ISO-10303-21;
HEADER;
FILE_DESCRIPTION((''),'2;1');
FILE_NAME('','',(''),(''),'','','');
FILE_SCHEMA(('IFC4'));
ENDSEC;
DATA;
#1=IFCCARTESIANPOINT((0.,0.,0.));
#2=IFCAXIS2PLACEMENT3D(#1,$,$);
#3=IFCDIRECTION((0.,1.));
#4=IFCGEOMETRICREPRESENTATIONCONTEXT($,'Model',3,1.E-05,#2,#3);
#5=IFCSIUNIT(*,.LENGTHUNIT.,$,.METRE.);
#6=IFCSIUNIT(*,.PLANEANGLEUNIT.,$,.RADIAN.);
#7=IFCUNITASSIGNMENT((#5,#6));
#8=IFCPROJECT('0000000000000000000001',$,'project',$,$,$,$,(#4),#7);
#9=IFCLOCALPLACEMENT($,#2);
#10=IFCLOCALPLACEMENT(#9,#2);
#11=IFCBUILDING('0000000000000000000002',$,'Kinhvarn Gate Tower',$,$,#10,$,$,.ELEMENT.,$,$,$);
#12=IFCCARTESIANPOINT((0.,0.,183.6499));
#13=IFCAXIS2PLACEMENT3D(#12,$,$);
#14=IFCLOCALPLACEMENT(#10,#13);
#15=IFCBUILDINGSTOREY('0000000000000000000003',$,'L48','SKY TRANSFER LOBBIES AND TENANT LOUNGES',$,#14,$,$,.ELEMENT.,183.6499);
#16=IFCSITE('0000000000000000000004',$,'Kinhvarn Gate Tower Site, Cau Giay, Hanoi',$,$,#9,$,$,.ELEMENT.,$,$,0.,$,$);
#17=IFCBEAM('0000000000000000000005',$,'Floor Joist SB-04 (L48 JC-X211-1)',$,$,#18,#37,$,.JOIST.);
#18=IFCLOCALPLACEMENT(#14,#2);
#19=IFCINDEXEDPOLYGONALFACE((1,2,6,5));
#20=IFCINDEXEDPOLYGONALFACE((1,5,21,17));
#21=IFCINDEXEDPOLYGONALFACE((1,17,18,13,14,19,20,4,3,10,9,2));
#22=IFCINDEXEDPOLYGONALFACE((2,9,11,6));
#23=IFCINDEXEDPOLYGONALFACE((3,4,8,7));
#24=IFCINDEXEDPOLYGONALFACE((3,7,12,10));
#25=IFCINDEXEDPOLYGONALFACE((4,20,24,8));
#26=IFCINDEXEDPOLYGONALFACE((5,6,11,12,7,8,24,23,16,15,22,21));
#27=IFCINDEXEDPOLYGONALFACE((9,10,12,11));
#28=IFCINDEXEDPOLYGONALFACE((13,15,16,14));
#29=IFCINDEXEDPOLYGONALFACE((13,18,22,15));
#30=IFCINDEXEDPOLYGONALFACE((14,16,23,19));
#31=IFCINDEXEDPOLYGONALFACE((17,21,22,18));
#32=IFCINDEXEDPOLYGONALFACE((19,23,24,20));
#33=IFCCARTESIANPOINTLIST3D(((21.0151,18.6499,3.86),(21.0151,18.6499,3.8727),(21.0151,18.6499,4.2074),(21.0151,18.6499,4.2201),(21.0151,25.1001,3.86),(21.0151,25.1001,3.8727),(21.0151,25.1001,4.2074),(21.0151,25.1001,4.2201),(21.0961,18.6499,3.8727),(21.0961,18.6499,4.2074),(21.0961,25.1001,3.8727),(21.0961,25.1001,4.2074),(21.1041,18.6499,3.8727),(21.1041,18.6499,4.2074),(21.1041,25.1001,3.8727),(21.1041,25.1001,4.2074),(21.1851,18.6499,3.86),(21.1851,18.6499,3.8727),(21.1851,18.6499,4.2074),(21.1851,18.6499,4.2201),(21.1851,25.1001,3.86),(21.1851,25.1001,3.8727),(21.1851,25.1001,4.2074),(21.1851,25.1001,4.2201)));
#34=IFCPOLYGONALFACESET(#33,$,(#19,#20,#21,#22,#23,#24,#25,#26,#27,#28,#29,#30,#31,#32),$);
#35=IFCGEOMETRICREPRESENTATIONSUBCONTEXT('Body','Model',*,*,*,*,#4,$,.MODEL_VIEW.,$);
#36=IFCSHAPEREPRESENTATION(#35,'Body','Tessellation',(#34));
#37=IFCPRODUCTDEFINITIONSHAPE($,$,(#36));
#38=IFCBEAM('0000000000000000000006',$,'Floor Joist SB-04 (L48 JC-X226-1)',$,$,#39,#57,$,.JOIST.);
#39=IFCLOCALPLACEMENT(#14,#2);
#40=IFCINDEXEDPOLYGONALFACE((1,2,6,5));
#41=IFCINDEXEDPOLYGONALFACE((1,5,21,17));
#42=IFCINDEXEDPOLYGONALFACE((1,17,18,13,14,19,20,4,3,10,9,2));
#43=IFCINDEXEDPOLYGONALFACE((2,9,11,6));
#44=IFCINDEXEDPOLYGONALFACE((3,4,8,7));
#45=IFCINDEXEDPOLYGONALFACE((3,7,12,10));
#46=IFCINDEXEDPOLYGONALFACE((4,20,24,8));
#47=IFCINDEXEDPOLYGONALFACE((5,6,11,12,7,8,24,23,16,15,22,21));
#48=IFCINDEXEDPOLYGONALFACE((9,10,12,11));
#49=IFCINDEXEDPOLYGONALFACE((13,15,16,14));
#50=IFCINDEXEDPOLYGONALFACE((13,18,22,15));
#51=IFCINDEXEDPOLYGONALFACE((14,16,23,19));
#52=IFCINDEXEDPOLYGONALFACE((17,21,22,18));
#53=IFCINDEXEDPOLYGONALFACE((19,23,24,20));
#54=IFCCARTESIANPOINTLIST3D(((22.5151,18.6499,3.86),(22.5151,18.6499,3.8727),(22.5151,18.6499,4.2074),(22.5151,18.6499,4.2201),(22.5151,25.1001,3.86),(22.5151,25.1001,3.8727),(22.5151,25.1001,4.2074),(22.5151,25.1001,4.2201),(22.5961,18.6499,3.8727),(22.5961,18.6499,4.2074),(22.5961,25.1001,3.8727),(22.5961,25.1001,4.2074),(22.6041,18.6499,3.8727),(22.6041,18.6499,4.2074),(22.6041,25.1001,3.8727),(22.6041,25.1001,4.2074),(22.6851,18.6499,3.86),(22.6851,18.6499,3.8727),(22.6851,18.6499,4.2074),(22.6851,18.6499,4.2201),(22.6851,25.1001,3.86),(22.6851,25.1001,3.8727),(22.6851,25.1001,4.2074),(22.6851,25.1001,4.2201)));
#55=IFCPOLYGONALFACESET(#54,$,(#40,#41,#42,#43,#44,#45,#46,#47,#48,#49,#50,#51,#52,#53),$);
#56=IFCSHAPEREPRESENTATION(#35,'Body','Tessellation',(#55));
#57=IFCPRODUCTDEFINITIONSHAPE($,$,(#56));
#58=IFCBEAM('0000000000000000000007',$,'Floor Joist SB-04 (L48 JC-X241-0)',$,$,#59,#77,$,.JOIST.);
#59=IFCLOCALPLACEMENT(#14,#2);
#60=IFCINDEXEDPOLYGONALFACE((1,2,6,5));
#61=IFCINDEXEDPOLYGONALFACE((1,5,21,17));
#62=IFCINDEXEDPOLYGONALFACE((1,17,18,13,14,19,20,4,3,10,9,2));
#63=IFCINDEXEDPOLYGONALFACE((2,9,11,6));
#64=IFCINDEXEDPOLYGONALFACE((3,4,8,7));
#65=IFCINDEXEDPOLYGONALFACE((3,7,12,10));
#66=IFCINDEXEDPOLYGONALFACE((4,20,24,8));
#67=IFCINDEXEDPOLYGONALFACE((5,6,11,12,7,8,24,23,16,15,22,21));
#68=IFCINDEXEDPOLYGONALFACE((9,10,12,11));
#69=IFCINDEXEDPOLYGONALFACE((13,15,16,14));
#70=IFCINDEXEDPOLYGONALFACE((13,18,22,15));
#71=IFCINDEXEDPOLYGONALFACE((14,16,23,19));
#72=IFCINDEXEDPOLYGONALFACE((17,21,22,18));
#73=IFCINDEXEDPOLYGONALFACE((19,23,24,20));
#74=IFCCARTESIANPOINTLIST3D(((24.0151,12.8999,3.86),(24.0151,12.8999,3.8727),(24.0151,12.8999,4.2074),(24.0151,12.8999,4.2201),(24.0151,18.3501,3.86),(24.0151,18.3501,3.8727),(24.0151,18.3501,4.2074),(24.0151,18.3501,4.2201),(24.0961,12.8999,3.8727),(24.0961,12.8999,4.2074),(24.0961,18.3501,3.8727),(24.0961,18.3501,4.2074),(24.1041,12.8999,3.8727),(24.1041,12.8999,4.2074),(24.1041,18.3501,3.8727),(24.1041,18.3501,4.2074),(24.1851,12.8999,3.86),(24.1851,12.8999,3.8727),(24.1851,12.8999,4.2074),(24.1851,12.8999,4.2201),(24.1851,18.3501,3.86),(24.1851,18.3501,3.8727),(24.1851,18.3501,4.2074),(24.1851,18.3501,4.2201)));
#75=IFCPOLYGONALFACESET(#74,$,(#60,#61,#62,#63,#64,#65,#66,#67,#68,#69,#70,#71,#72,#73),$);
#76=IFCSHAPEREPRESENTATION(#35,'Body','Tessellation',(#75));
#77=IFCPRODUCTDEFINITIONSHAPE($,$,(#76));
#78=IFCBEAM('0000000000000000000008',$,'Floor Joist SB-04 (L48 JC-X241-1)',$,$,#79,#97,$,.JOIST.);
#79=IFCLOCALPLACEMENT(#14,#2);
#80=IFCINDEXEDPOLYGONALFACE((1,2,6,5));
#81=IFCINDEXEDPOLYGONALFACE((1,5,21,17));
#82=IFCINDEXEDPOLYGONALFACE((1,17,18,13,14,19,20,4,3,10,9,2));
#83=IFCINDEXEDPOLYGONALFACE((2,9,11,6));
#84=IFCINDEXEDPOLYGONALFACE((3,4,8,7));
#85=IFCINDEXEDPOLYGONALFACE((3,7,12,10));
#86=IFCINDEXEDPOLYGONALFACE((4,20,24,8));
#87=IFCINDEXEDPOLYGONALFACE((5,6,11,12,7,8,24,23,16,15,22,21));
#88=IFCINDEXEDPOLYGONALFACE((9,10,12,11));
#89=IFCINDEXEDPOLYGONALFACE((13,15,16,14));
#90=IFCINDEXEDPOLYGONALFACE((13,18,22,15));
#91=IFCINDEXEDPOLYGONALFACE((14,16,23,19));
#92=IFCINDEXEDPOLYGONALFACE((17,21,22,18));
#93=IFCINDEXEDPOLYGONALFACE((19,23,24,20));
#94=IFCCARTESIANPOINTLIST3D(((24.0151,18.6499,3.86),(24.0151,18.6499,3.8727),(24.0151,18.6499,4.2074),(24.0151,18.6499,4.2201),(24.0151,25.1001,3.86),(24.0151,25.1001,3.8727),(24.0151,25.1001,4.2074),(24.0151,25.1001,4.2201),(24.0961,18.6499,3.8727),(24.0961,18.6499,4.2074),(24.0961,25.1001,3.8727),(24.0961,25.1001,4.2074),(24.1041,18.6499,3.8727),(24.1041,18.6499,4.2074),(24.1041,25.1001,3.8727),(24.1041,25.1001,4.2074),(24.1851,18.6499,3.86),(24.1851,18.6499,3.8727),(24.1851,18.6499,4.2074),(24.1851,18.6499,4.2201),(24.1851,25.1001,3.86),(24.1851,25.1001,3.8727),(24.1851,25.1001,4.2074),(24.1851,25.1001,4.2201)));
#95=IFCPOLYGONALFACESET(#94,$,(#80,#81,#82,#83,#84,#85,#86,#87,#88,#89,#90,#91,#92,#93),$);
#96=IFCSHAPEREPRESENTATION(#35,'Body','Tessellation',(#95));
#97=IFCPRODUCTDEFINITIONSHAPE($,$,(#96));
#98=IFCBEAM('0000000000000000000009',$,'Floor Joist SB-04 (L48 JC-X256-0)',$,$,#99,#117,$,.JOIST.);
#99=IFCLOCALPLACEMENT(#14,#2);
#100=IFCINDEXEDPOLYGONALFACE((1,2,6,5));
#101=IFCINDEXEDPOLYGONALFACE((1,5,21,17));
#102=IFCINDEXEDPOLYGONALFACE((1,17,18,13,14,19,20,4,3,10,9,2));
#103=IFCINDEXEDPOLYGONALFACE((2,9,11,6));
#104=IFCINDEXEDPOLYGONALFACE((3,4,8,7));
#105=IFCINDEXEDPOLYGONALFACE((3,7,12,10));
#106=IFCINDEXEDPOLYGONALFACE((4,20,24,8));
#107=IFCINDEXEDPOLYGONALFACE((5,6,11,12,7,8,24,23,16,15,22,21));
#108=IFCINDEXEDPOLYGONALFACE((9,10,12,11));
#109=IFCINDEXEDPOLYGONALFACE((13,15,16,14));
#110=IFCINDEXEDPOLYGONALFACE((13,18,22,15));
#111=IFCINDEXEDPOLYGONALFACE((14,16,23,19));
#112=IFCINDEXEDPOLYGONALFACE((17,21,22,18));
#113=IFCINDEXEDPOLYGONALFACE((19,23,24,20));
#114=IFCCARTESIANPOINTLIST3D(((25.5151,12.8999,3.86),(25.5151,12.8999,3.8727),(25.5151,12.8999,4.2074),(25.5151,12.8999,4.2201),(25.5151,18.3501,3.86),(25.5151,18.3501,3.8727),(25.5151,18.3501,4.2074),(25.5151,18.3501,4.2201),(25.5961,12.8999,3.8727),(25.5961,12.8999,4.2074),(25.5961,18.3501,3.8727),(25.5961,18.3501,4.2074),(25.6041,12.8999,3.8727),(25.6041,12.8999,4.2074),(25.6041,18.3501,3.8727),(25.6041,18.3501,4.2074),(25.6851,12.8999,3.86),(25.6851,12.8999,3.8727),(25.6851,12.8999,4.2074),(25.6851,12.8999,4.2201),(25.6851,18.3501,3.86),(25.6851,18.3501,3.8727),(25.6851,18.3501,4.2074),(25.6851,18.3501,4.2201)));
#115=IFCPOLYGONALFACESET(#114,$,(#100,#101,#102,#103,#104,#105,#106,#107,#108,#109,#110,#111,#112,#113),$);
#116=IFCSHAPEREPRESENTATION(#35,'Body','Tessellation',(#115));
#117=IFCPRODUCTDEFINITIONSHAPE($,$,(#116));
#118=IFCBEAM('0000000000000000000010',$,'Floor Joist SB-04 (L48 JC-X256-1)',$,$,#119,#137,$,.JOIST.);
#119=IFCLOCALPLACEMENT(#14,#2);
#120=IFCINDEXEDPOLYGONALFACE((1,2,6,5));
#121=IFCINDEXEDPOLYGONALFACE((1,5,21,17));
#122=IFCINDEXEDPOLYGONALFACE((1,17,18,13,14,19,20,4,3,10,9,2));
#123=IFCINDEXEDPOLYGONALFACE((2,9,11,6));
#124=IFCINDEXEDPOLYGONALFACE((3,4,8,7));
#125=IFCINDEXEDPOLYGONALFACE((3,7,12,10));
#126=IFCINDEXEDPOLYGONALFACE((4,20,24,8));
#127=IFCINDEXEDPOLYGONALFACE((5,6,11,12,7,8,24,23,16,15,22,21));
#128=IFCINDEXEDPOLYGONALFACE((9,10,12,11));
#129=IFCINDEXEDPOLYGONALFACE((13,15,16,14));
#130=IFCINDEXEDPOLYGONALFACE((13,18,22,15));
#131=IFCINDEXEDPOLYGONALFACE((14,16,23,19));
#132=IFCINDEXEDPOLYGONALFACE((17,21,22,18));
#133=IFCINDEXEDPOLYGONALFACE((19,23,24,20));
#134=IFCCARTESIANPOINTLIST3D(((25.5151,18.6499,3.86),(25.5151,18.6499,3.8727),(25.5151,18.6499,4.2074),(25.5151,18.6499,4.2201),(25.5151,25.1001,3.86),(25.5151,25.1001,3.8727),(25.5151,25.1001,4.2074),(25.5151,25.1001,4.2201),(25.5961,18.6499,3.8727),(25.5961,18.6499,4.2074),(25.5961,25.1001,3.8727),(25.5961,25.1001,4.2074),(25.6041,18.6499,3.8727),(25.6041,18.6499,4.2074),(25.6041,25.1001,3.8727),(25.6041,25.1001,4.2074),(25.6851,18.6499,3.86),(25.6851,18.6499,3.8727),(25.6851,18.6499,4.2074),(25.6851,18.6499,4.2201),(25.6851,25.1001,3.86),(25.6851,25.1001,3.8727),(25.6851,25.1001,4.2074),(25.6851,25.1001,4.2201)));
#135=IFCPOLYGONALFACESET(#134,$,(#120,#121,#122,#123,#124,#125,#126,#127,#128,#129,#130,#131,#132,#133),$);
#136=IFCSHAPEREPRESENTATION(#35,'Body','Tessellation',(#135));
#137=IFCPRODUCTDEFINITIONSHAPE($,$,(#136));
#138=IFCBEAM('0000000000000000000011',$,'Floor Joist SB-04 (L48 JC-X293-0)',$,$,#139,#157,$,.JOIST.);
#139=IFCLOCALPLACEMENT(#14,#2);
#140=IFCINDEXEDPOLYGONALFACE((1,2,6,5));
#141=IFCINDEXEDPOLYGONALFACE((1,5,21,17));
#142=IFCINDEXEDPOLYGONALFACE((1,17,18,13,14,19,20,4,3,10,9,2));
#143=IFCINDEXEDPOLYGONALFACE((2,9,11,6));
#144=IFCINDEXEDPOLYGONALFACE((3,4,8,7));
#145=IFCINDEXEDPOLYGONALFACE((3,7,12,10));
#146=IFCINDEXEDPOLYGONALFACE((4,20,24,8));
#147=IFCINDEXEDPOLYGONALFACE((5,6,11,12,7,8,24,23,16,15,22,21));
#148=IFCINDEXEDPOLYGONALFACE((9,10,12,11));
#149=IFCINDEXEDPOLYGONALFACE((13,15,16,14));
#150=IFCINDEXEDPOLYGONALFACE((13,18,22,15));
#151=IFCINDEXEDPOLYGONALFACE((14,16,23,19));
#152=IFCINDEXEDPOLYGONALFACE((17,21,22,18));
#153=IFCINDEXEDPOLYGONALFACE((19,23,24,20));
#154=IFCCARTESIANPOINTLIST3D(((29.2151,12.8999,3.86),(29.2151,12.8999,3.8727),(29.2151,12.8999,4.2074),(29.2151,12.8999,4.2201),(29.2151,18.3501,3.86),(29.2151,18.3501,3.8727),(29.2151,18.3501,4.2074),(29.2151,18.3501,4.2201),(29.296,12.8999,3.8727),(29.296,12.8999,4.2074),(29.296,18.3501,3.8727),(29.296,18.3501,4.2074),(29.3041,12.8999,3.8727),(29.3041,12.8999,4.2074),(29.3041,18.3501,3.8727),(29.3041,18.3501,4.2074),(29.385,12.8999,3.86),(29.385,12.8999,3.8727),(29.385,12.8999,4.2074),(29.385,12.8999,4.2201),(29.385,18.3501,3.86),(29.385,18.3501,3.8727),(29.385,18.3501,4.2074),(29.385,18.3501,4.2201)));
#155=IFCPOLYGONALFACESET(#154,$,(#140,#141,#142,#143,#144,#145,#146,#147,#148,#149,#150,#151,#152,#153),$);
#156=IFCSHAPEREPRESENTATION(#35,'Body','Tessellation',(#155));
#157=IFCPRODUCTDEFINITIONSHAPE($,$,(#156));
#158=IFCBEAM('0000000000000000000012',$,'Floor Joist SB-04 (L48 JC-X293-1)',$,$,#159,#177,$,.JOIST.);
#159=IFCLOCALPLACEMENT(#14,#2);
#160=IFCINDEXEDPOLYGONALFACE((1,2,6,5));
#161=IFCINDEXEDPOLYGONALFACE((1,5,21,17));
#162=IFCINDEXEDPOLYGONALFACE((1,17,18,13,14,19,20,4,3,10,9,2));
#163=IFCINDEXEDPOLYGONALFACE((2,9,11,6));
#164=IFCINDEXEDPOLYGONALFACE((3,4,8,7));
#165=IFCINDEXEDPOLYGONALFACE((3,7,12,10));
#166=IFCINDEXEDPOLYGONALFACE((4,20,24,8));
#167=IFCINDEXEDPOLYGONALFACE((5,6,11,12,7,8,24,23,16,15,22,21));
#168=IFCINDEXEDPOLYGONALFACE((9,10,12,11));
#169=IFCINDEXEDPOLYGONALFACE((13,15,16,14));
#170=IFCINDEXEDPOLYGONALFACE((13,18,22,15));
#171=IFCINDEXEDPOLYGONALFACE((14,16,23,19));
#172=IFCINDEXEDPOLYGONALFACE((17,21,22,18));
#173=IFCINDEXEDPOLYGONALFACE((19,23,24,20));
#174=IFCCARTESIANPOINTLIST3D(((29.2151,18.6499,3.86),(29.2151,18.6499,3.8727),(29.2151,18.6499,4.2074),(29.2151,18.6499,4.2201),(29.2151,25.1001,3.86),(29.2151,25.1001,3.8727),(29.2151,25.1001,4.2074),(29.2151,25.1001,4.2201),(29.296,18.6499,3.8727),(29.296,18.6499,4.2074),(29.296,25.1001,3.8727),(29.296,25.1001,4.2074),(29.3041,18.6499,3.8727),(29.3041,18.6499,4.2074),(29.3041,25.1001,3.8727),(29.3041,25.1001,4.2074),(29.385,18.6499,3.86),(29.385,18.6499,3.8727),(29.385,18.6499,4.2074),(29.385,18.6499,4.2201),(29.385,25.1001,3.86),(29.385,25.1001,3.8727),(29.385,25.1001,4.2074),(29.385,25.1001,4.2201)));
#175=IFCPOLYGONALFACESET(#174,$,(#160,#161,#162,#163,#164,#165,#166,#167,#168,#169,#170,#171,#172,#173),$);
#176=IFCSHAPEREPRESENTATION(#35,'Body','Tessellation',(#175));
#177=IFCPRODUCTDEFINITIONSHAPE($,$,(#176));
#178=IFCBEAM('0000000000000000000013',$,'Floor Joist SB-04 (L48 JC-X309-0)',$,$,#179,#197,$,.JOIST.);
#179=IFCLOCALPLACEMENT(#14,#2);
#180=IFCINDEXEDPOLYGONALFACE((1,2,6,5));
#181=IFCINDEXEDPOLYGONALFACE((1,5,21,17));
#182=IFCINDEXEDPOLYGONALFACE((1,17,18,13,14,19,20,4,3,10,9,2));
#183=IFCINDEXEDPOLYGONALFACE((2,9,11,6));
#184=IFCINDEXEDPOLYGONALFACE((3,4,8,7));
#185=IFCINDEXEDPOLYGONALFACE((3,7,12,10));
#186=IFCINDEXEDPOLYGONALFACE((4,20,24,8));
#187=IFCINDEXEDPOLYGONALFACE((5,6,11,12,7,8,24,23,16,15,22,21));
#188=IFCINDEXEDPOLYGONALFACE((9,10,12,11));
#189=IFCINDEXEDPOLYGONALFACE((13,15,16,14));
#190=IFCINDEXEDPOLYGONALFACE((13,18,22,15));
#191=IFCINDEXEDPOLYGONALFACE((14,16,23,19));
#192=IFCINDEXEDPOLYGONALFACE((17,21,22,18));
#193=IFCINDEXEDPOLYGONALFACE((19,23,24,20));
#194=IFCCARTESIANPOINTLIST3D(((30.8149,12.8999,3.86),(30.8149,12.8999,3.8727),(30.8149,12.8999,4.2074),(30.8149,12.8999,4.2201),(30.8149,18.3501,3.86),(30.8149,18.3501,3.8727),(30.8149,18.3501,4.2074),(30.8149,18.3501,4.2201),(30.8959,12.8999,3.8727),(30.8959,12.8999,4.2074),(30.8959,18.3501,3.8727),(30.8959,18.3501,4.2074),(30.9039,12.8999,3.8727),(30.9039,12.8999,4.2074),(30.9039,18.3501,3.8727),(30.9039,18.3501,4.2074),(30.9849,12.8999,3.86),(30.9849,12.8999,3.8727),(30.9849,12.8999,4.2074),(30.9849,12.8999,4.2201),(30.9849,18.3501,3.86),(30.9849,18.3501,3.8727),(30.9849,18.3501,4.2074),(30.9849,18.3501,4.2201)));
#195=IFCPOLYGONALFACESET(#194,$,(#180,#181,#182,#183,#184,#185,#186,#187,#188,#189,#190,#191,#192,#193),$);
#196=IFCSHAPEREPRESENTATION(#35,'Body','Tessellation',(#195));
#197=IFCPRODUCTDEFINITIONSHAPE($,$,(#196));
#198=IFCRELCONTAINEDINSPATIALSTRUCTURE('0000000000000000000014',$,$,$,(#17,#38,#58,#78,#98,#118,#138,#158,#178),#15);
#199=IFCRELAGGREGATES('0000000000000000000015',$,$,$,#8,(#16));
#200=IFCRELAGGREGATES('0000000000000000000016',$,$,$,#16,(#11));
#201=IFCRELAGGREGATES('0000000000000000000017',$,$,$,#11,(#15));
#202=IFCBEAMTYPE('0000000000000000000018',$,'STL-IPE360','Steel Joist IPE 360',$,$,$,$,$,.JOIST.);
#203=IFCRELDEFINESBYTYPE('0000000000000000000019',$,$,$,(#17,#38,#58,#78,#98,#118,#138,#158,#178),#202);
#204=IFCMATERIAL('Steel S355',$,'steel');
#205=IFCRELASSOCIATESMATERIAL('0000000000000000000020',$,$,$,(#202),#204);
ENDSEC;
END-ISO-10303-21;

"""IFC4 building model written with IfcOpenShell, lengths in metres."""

from ifc_helpers import new_model, si_unit, direction, frame, origin, origin_2d, place, context, subcontext, project, spatial, i_section, extrude, material, material_profile, profile_set, type_object, element, save


model = new_model("IFC4")

# Units and contexts
model_context = context("Model", 3, precision=1e-05, world=origin(), true_north=direction((0.0, 1.0)))
body_context = subcontext(model_context, "Body", "Model", "MODEL_VIEW")
ifc_project = project(units=[si_unit("LENGTHUNIT", "METRE"), si_unit("PLANEANGLEUNIT", "RADIAN")], contexts=[model_context])

# Site, building, storey
site_placement = place(None, origin())
site = spatial("IfcSite", under=ifc_project, at=site_placement, Name="Kinhvarn Gate Tower Site, Cau Giay, Hanoi", CompositionType="ELEMENT", RefElevation=0.0)
building_placement = place(site_placement, origin())
building = spatial("IfcBuilding", under=site, at=building_placement, Name="Kinhvarn Gate Tower", CompositionType="ELEMENT")
storey_placement = place(building_placement, frame((0.0, 0.0, 183.6499)))
storey = spatial("IfcBuildingStorey", under=building, at=storey_placement, Name="L48", Description="SKY TRANSFER LOBBIES AND TENANT LOUNGES", CompositionType="ELEMENT", Elevation=183.6499)

# Beams
ifc_material_1 = material(Name="Steel S355", Category="steel")
ifc_material_profile = material_profile(ifc_material_1, i_section(OverallWidth=0.1699, OverallDepth=0.3601, WebThickness=0.0081, FlangeThickness=0.0127, at=origin_2d()), Name="IPE 360")
ifc_profile_set = profile_set([ifc_material_profile], Name="Steel S355")
beam_type = type_object("IfcBeamType", Name="STL-IPE360", Description="Steel Joist IPE 360", PredefinedType="JOIST", material=ifc_profile_set)
for number, where, z_axis, x_axis, name in (
    (1, (21.1001, 18.6499, 4.04), (0.0, 1.0, 0.0), (-1.0, 0.0, 0.0), "Floor Joist SB-04 (L48 JC-X211-1)"),
    (2, (22.6001, 18.6499, 4.04), (0.0, 1.0, 0.0), (-1.0, 0.0, 0.0), "Floor Joist SB-04 (L48 JC-X226-1)"),
):
    element("IfcBeam", number, at=place(storey_placement, frame(where, z_axis=z_axis, x_axis=x_axis)), inside=storey, type_object=beam_type, Name=name, PredefinedType="JOIST", context=body_context, shape_type="SweptSolid", body=[
        extrude(i_section(OverallWidth=0.1699, OverallDepth=0.3601, WebThickness=0.0081, FlangeThickness=0.0127, at=origin_2d()), origin(), (0.0, 0.0, 1.0), 6.4502),
    ])
beam_1_placement = place(storey_placement, frame((24.1001, 12.8999, 4.04), z_axis=(0.0, 1.0, 0.0), x_axis=(-1.0, 0.0, 0.0)))
element("IfcBeam", 3, at=beam_1_placement, inside=storey, type_object=beam_type, Name="Floor Joist SB-04 (L48 JC-X241-0)", PredefinedType="JOIST", context=body_context, shape_type="SweptSolid", body=[
    extrude(i_section(OverallWidth=0.1699, OverallDepth=0.3601, WebThickness=0.0081, FlangeThickness=0.0127, at=origin_2d()), origin(), (0.0, 0.0, 1.0), 5.4502),
])
beam_2_placement = place(storey_placement, frame((24.1001, 18.6499, 4.04), z_axis=(0.0, 1.0, 0.0), x_axis=(-1.0, 0.0, 0.0)))
element("IfcBeam", 4, at=beam_2_placement, inside=storey, type_object=beam_type, Name="Floor Joist SB-04 (L48 JC-X241-1)", PredefinedType="JOIST", context=body_context, shape_type="SweptSolid", body=[
    extrude(i_section(OverallWidth=0.1699, OverallDepth=0.3601, WebThickness=0.0081, FlangeThickness=0.0127, at=origin_2d()), origin(), (0.0, 0.0, 1.0), 6.4502),
])
beam_3_placement = place(storey_placement, frame((25.6001, 12.8999, 4.04), z_axis=(0.0, 1.0, 0.0), x_axis=(-1.0, 0.0, 0.0)))
element("IfcBeam", 5, at=beam_3_placement, inside=storey, type_object=beam_type, Name="Floor Joist SB-04 (L48 JC-X256-0)", PredefinedType="JOIST", context=body_context, shape_type="SweptSolid", body=[
    extrude(i_section(OverallWidth=0.1699, OverallDepth=0.3601, WebThickness=0.0081, FlangeThickness=0.0127, at=origin_2d()), origin(), (0.0, 0.0, 1.0), 5.4502),
])
beam_4_placement = place(storey_placement, frame((25.6001, 18.6499, 4.04), z_axis=(0.0, 1.0, 0.0), x_axis=(-1.0, 0.0, 0.0)))
element("IfcBeam", 6, at=beam_4_placement, inside=storey, type_object=beam_type, Name="Floor Joist SB-04 (L48 JC-X256-1)", PredefinedType="JOIST", context=body_context, shape_type="SweptSolid", body=[
    extrude(i_section(OverallWidth=0.1699, OverallDepth=0.3601, WebThickness=0.0081, FlangeThickness=0.0127, at=origin_2d()), origin(), (0.0, 0.0, 1.0), 6.4502),
])
beam_5_placement = place(storey_placement, frame((29.3, 12.8999, 4.04), z_axis=(0.0, 1.0, 0.0), x_axis=(-1.0, 0.0, 0.0)))
element("IfcBeam", 7, at=beam_5_placement, inside=storey, type_object=beam_type, Name="Floor Joist SB-04 (L48 JC-X293-0)", PredefinedType="JOIST", context=body_context, shape_type="SweptSolid", body=[
    extrude(i_section(OverallWidth=0.1699, OverallDepth=0.3601, WebThickness=0.0081, FlangeThickness=0.0127, at=origin_2d()), origin(), (0.0, 0.0, 1.0), 5.4502),
])
beam_6_placement = place(storey_placement, frame((29.3, 18.6499, 4.04), z_axis=(0.0, 1.0, 0.0), x_axis=(-1.0, 0.0, 0.0)))
element("IfcBeam", 8, at=beam_6_placement, inside=storey, type_object=beam_type, Name="Floor Joist SB-04 (L48 JC-X293-1)", PredefinedType="JOIST", context=body_context, shape_type="SweptSolid", body=[
    extrude(i_section(OverallWidth=0.1699, OverallDepth=0.3601, WebThickness=0.0081, FlangeThickness=0.0127, at=origin_2d()), origin(), (0.0, 0.0, 1.0), 6.4502),
])
beam_7_placement = place(storey_placement, frame((30.8999, 12.8999, 4.04), z_axis=(0.0, 1.0, 0.0), x_axis=(-1.0, 0.0, 0.0)))
element("IfcBeam", 9, at=beam_7_placement, inside=storey, type_object=beam_type, Name="Floor Joist SB-04 (L48 JC-X309-0)", PredefinedType="JOIST", context=body_context, shape_type="SweptSolid", body=[
    extrude(i_section(OverallWidth=0.1699, OverallDepth=0.3601, WebThickness=0.0081, FlangeThickness=0.0127, at=origin_2d()), origin(), (0.0, 0.0, 1.0), 5.4502),
])

save(model, "model.ifc")
